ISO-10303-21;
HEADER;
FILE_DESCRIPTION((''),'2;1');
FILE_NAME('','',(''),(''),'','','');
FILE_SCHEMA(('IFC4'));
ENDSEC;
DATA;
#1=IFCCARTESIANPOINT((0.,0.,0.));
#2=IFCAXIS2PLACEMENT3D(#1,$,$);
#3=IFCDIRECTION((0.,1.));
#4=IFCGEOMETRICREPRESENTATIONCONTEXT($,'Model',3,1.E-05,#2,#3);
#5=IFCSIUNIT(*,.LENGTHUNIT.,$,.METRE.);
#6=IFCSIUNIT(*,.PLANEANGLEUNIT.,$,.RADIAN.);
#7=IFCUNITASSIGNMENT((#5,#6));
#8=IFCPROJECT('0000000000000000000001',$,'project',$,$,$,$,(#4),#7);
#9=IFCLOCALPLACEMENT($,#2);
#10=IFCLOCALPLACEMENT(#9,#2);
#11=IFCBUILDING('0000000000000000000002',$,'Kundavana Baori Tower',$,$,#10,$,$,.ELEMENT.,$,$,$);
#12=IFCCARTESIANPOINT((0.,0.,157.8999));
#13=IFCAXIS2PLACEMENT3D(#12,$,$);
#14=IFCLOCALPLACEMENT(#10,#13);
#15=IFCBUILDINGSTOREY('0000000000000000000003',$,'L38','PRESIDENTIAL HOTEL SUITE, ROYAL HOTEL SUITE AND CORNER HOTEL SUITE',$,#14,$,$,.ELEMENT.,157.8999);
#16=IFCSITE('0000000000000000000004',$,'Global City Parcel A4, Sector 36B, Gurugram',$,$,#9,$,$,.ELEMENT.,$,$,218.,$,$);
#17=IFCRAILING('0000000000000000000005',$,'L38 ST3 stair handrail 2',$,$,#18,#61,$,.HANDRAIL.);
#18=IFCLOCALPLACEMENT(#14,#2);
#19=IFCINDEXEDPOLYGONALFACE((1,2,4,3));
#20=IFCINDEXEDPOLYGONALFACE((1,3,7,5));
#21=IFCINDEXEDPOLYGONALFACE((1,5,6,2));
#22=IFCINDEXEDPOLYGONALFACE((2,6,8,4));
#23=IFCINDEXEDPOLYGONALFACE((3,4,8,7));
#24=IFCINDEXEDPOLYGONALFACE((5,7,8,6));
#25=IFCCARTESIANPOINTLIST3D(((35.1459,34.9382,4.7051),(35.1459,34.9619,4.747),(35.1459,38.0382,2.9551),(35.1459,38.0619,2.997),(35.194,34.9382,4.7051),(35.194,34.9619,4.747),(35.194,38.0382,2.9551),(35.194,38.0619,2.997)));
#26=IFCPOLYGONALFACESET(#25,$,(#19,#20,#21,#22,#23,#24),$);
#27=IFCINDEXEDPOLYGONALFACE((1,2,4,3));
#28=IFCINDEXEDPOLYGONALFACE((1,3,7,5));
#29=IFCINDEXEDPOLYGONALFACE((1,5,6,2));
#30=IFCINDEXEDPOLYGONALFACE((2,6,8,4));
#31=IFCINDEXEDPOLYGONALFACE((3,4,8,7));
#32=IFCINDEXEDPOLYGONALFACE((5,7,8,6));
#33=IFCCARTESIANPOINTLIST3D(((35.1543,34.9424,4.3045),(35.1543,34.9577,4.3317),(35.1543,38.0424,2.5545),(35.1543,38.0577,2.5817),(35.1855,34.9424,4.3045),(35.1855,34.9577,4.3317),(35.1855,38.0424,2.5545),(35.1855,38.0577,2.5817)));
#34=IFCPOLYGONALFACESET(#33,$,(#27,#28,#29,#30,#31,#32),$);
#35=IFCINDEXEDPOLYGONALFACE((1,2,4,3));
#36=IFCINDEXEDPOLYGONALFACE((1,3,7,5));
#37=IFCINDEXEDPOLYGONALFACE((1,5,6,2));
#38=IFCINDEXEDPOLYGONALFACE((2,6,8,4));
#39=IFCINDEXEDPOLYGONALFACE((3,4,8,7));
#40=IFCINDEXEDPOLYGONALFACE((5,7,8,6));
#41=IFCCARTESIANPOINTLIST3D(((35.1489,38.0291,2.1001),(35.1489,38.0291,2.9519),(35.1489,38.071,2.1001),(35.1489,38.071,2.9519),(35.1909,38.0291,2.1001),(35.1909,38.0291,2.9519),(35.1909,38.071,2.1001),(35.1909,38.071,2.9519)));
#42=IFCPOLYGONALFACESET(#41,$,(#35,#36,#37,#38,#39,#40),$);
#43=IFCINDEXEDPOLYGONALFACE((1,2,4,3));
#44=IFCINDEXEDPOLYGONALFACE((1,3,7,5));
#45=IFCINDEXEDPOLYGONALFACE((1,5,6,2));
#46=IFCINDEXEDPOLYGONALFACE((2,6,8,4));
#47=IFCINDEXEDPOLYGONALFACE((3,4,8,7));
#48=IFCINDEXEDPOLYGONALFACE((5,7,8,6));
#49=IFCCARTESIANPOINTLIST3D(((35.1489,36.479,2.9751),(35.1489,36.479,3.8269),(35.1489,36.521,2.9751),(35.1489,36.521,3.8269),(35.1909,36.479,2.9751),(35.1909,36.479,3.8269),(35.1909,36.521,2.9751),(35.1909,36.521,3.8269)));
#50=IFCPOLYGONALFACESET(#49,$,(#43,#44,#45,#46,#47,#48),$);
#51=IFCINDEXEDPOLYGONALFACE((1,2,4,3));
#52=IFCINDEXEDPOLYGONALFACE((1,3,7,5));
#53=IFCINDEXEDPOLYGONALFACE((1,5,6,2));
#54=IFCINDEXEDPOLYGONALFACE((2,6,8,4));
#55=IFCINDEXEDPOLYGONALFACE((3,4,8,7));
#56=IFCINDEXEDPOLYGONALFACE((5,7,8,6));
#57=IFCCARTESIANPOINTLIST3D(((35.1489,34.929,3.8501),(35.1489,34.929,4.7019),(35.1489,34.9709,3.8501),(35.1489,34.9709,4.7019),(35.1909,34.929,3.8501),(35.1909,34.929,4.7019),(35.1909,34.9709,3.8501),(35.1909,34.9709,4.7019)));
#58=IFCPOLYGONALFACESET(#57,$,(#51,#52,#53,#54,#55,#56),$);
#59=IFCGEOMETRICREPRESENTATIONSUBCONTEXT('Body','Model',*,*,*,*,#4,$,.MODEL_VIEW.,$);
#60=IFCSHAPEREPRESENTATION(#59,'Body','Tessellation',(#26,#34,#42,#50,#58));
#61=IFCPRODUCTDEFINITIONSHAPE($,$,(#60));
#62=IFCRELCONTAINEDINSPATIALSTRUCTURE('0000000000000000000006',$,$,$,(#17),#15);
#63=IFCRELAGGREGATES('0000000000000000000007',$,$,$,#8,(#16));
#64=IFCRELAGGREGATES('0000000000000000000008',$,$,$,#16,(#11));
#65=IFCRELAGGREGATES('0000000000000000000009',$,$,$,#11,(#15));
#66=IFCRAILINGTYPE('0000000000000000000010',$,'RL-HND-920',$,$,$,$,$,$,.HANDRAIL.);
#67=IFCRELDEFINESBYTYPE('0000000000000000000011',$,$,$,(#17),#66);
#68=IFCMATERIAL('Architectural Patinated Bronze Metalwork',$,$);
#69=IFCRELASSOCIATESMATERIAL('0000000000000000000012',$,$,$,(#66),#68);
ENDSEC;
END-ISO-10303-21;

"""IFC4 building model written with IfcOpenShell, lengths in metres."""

from ifc_helpers import new_model, si_unit, direction, frame, origin, origin_2d, place, context, subcontext, project, spatial, rectangle, extrude, material, type_object, element, save


model = new_model("IFC4")

# Units and contexts
model_context = context("Model", 3, precision=1e-05, world=origin(), true_north=direction((0.0, 1.0)))
body_context = subcontext(model_context, "Body", "Model", "MODEL_VIEW")
ifc_project = project(units=[si_unit("LENGTHUNIT", "METRE"), si_unit("PLANEANGLEUNIT", "RADIAN")], contexts=[model_context])

# Site, building, storey
site_placement = place(None, origin())
site = spatial("IfcSite", under=ifc_project, at=site_placement, Name="Global City Parcel A4, Sector 36B, Gurugram", CompositionType="ELEMENT", RefElevation=218.0)
building_placement = place(site_placement, origin())
building = spatial("IfcBuilding", under=site, at=building_placement, Name="Kundavana Baori Tower", CompositionType="ELEMENT")
storey_placement = place(building_placement, frame((0.0, 0.0, 157.8999)))
storey = spatial("IfcBuildingStorey", under=building, at=storey_placement, Name="L38", Description="PRESIDENTIAL HOTEL SUITE, ROYAL HOTEL SUITE AND CORNER HOTEL SUITE", CompositionType="ELEMENT", Elevation=157.8999)

# Railing
ifc_material_1 = material(Name="Architectural Patinated Bronze Metalwork")
railing_type_1 = type_object("IfcRailingType", Name="RL-HND-920", PredefinedType="HANDRAIL", material=ifc_material_1)
railing_1_placement = place(storey_placement, frame((35.1699, 38.05, 2.1001)))
element("IfcRailing", 1, at=railing_1_placement, inside=storey, type_object=railing_type_1, Name="L38 ST3 stair handrail 2", PredefinedType="HANDRAIL", context=body_context, shape_type="SweptSolid", body=[
    extrude(rectangle(XDim=0.0481, YDim=0.0481, at=origin_2d()), frame((0.0, 0.0, 0.876), z_axis=(0.0, -0.870831, 0.491583), x_axis=(1.0, 0.0, 0.0)), (0.0, 0.0, 1.0), 3.5598),
    extrude(rectangle(XDim=0.0312, YDim=0.0312, at=origin_2d()), frame((0.0, 0.0, 0.468), z_axis=(0.0, -0.870831, 0.491583), x_axis=(1.0, 0.0, 0.0)), (0.0, 0.0, 1.0), 3.5598),
    extrude(rectangle(XDim=0.042, YDim=0.042, at=origin_2d()), origin(), (0.0, 0.0, 1.0), 0.8518),
    extrude(rectangle(XDim=0.042, YDim=0.042, at=origin_2d()), frame((0.0, -1.55, 0.875)), (0.0, 0.0, 1.0), 0.8518),
    extrude(rectangle(XDim=0.042, YDim=0.042, at=origin_2d()), frame((0.0, -3.1001, 1.75)), (0.0, 0.0, 1.0), 0.8518),
])

save(model, "model.ifc")
